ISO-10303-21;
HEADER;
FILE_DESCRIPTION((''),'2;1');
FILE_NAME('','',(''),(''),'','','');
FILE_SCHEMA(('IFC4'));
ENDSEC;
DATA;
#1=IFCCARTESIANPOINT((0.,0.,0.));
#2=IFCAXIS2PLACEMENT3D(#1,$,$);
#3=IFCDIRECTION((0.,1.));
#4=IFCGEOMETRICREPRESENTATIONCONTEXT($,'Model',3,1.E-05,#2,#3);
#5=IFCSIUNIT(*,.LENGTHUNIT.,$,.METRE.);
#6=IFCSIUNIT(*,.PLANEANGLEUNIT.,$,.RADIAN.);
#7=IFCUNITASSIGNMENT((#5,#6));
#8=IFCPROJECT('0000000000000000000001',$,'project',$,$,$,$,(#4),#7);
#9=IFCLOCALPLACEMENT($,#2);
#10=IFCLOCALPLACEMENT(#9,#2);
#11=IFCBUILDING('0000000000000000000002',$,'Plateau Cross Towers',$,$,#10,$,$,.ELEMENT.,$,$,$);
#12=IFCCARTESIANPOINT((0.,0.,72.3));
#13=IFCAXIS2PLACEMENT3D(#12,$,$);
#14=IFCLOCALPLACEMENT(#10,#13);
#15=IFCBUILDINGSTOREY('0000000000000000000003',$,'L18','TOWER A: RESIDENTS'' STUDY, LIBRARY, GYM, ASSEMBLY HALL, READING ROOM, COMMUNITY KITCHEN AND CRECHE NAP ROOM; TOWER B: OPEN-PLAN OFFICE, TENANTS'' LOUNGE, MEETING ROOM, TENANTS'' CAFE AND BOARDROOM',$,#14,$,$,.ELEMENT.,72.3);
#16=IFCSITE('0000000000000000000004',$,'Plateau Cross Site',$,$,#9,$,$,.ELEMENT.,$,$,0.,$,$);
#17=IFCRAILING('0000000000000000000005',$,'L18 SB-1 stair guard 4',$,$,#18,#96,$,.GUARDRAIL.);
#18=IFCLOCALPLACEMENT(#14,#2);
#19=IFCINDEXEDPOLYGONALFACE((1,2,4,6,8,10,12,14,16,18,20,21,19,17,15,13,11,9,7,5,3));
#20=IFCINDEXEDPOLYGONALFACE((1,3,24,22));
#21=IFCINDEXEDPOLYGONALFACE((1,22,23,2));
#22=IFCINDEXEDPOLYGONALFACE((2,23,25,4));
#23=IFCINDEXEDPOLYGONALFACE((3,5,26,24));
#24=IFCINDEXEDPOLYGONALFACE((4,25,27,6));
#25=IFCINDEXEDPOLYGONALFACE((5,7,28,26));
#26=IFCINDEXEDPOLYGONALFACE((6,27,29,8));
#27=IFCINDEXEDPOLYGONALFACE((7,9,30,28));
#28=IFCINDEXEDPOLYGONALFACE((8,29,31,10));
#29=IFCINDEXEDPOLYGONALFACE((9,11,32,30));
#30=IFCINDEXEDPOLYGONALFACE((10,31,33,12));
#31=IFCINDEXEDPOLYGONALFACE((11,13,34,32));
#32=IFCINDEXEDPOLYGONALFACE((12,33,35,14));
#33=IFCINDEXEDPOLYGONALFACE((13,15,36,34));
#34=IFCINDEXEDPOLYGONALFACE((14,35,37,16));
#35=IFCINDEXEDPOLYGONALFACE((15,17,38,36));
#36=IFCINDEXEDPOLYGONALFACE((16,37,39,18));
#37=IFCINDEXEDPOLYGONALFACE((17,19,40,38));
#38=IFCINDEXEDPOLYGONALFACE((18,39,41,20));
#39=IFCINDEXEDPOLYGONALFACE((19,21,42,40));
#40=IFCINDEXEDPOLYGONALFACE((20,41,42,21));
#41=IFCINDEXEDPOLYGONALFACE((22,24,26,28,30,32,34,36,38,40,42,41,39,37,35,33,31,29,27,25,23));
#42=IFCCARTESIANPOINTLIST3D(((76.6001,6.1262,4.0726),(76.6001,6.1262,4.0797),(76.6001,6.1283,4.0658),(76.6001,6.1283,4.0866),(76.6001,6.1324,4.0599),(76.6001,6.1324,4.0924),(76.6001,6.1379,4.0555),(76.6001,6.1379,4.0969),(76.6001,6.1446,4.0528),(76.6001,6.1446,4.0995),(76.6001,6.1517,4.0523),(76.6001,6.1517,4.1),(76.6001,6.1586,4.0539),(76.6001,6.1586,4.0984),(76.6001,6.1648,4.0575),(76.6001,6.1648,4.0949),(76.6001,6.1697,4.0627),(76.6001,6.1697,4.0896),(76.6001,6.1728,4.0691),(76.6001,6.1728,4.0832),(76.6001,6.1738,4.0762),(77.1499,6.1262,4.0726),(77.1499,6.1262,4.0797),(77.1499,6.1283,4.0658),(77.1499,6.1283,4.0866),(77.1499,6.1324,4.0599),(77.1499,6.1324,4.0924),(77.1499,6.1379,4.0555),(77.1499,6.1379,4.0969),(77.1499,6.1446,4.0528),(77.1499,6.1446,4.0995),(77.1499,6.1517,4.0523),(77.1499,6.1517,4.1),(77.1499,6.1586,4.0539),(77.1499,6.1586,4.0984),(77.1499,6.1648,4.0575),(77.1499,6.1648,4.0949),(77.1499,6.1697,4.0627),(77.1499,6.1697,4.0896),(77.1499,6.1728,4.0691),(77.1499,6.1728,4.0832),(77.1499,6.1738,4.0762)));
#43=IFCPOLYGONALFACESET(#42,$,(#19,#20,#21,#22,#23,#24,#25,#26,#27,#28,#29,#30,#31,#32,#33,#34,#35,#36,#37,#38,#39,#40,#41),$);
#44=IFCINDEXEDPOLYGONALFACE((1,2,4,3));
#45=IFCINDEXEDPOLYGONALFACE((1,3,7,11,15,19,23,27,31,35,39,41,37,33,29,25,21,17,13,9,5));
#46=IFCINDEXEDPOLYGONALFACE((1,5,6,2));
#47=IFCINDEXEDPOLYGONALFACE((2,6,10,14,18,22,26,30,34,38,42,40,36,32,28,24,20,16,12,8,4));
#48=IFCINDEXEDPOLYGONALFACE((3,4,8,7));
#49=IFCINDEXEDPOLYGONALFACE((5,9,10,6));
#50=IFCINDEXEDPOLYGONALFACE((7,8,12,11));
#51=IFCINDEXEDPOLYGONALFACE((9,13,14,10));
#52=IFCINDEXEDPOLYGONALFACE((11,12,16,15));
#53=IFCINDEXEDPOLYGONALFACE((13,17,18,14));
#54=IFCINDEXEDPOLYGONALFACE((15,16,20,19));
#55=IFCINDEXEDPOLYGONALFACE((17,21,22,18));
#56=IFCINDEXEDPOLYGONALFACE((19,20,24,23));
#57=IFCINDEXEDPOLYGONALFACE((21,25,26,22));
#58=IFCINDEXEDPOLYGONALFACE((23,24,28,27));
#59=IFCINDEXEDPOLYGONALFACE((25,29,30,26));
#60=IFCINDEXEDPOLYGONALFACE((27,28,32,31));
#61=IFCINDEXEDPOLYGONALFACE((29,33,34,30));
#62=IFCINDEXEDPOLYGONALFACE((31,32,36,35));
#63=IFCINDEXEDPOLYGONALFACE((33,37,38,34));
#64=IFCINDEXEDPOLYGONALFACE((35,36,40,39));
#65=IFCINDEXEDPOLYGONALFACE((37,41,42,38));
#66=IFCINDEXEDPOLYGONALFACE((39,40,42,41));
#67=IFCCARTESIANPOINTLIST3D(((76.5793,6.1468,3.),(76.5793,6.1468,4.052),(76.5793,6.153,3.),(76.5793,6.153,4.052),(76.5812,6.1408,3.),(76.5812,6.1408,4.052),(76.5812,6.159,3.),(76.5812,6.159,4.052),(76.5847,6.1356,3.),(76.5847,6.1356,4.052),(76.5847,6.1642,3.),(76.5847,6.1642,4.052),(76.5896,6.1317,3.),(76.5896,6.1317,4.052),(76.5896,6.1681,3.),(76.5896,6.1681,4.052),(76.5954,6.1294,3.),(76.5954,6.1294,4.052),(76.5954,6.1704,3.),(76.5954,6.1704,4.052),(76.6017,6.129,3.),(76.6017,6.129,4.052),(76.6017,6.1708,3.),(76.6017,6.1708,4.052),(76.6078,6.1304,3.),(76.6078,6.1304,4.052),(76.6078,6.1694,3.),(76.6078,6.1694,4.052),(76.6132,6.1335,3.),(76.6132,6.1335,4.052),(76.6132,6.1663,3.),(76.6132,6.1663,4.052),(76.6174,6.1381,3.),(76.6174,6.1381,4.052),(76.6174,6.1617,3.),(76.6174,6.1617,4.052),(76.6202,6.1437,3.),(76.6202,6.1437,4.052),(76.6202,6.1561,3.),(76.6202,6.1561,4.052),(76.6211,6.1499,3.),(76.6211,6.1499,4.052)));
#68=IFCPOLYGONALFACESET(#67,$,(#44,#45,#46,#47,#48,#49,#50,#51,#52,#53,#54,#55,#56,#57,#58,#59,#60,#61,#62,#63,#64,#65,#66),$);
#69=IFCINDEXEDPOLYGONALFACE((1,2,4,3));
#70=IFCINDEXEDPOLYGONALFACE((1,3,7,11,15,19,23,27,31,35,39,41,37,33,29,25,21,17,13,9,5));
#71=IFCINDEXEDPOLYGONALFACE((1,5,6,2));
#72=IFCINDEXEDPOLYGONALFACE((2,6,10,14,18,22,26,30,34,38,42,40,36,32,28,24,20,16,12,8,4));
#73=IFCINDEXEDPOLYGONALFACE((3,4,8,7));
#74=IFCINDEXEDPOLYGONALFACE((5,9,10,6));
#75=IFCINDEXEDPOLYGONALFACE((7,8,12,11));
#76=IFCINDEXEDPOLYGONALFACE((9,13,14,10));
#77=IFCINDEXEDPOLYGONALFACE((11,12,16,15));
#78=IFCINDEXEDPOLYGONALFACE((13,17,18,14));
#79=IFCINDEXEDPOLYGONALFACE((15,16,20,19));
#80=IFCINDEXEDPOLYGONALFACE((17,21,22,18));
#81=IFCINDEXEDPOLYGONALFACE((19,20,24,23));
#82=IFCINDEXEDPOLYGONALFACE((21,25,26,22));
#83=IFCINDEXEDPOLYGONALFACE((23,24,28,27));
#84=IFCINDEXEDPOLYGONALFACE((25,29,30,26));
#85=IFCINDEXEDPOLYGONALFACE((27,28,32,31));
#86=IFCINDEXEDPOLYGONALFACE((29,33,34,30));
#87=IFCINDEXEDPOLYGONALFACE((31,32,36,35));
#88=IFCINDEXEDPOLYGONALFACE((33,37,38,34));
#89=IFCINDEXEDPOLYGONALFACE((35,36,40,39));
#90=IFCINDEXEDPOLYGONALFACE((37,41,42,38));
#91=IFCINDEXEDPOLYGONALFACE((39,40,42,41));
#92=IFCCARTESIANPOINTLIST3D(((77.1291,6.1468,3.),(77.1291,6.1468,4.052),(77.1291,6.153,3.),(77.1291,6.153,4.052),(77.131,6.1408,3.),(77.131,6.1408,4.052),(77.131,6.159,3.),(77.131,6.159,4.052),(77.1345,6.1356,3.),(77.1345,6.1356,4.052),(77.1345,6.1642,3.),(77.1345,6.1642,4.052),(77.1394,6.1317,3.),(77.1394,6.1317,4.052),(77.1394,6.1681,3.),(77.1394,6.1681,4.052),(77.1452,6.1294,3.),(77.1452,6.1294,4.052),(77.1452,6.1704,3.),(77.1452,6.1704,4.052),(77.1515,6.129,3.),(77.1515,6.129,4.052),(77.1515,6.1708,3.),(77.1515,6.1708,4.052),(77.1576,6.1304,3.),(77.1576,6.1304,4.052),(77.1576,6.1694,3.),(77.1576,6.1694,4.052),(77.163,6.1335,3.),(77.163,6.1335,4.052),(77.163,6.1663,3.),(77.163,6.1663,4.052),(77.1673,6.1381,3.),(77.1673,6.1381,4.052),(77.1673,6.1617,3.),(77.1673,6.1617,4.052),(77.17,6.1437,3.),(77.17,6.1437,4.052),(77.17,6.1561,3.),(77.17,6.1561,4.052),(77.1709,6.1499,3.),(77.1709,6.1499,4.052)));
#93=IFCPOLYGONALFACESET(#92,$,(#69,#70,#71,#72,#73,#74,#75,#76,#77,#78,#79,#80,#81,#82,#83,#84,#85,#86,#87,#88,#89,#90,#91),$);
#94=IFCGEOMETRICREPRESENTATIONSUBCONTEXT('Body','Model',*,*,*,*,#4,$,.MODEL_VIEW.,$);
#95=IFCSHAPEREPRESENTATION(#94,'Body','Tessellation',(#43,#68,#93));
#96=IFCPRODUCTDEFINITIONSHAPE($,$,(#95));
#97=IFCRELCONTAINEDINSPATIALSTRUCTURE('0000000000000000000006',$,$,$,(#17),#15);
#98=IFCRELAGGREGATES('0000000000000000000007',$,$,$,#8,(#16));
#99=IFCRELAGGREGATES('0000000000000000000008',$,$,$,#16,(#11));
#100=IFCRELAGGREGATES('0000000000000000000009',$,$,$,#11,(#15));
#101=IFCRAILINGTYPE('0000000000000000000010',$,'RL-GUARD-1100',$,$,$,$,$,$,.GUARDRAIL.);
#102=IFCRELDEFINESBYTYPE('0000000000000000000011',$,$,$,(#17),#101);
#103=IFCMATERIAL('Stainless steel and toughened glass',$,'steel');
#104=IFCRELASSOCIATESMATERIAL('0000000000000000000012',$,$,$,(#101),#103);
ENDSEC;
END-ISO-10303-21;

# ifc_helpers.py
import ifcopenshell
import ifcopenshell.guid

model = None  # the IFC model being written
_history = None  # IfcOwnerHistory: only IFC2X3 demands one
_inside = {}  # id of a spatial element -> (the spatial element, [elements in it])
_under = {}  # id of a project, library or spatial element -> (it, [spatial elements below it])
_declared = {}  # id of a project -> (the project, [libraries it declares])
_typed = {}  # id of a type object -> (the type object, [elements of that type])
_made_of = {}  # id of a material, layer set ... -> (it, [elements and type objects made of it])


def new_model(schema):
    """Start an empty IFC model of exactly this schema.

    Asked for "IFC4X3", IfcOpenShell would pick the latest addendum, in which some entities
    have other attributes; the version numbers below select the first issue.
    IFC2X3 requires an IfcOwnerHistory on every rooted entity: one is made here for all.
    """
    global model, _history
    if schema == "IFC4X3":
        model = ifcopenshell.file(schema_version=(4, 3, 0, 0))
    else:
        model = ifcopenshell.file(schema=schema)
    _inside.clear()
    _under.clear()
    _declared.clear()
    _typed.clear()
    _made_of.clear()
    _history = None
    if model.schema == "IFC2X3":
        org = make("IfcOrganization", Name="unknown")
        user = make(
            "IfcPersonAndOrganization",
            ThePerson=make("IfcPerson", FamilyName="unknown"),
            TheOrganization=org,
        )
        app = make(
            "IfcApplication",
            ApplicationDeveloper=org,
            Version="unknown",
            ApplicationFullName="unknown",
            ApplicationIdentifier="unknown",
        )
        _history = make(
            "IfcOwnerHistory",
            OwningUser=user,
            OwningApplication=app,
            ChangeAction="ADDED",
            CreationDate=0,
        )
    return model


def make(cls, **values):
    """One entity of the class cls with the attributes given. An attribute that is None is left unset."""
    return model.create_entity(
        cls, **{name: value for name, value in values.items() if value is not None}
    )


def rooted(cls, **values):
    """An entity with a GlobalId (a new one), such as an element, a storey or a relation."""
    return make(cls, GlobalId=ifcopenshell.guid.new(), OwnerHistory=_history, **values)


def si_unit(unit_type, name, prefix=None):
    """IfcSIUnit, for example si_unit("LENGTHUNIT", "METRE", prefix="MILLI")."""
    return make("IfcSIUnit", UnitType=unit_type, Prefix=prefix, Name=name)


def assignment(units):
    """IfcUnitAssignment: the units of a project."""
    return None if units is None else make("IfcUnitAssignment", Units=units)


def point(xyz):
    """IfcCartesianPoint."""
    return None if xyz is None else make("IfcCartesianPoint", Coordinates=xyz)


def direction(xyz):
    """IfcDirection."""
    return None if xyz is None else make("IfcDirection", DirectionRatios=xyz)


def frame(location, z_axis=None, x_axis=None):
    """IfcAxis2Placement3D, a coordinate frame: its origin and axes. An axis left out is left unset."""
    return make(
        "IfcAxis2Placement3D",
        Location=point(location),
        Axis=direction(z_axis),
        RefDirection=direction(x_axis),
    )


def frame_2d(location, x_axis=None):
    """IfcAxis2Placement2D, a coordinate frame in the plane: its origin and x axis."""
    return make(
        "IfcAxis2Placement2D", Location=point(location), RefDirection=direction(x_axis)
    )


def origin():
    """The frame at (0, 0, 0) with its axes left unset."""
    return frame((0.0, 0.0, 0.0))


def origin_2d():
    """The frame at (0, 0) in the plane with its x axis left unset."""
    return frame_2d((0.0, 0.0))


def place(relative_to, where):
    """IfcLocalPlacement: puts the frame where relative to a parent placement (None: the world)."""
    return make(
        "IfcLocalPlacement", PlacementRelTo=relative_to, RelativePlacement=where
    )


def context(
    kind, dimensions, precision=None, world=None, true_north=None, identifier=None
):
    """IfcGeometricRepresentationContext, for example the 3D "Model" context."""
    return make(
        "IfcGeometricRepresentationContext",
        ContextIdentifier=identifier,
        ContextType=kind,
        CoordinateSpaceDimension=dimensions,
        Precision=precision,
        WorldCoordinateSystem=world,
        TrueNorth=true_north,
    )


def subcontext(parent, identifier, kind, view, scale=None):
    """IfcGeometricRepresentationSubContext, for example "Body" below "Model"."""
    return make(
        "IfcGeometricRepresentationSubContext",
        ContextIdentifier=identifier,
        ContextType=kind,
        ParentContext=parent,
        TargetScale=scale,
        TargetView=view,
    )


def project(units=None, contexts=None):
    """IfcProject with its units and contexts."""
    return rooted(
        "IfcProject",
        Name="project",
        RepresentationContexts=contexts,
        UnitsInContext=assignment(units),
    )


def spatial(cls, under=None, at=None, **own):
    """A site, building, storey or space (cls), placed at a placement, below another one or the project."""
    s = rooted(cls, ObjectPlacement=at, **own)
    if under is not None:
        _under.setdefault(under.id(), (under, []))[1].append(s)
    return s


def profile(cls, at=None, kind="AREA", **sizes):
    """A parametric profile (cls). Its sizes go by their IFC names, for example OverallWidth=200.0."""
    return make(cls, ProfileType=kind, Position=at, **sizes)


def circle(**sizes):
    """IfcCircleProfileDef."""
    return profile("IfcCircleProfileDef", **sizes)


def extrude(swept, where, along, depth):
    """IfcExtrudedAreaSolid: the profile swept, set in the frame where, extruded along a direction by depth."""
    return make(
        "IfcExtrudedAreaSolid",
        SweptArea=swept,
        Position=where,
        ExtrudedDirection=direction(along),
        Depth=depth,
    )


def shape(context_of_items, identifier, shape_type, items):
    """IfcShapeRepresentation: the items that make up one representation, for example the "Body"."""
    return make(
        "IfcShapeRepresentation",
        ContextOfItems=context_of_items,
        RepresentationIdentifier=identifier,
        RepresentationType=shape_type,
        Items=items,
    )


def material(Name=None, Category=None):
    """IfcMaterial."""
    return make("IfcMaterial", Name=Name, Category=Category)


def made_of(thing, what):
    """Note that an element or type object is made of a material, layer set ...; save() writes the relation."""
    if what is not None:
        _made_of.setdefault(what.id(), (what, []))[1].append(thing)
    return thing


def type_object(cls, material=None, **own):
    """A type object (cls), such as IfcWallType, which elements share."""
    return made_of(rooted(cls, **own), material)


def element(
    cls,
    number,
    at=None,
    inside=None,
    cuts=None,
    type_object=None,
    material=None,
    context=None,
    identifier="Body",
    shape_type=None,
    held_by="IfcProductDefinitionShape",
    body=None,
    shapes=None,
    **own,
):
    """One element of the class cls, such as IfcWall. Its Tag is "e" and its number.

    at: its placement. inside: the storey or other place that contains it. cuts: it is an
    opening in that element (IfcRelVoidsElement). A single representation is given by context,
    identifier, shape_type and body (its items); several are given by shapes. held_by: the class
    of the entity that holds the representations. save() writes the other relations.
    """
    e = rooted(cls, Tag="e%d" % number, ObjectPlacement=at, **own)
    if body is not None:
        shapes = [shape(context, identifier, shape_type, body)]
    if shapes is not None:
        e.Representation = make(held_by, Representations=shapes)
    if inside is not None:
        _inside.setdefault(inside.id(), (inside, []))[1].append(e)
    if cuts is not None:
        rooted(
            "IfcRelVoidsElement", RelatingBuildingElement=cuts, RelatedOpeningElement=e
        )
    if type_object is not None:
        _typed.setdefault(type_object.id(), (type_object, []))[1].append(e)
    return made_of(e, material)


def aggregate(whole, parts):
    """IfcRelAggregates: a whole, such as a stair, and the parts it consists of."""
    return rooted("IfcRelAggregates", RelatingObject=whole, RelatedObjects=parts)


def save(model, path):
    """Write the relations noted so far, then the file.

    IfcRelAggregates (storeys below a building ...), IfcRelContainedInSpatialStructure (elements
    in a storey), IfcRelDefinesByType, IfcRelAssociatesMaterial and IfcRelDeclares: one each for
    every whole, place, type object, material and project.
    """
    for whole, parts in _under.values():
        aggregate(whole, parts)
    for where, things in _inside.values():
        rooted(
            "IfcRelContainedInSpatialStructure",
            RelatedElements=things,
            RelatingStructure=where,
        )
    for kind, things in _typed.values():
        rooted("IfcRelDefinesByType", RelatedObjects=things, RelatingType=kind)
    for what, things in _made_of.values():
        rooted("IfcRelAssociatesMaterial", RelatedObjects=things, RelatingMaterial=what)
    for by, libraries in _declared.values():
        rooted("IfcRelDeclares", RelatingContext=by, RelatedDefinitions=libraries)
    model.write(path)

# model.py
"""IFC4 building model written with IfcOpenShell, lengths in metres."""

from ifc_helpers import new_model, si_unit, direction, frame, origin, origin_2d, place, context, subcontext, project, spatial, circle, extrude, material, type_object, element, save


model = new_model("IFC4")

# Units and contexts
model_context = context("Model", 3, precision=1e-05, world=origin(), true_north=direction((0.0, 1.0)))
body_context = subcontext(model_context, "Body", "Model", "MODEL_VIEW")
ifc_project = project(units=[si_unit("LENGTHUNIT", "METRE"), si_unit("PLANEANGLEUNIT", "RADIAN")], contexts=[model_context])

# Site, building, storey
site_placement = place(None, origin())
site = spatial("IfcSite", under=ifc_project, at=site_placement, Name="Plateau Cross Site", CompositionType="ELEMENT", RefElevation=0.0)
building_placement = place(site_placement, origin())
building = spatial("IfcBuilding", under=site, at=building_placement, Name="Plateau Cross Towers", CompositionType="ELEMENT")
storey_placement = place(building_placement, frame((0.0, 0.0, 72.3)))
storey = spatial("IfcBuildingStorey", under=building, at=storey_placement, Name="L18", Description="TOWER A: RESIDENTS' STUDY, LIBRARY, GYM, ASSEMBLY HALL, READING ROOM, COMMUNITY KITCHEN AND CRECHE NAP ROOM; TOWER B: OPEN-PLAN OFFICE, TENANTS' LOUNGE, MEETING ROOM, TENANTS' CAFE AND BOARDROOM", CompositionType="ELEMENT", Elevation=72.3)

# Railing
ifc_material_1 = material(Name="Stainless steel and toughened glass", Category="steel")
railing_type = type_object("IfcRailingType", Name="RL-GUARD-1100", PredefinedType="GUARDRAIL", material=ifc_material_1)
railing_1_placement = place(storey_placement, frame((76.6001, 6.1499, 3.0)))
element("IfcRailing", 1, at=railing_1_placement, inside=storey, type_object=railing_type, Name="L18 SB-1 stair guard 4", PredefinedType="GUARDRAIL", context=body_context, shape_type="SweptSolid", body=[
    extrude(circle(Radius=0.0239, at=origin_2d()), frame((0.0, 0.0, 1.0762), z_axis=(1.0, 0.0, 0.0), x_axis=(0.0, 1.0, 0.0)), (0.0, 0.0, 1.0), 0.5498),
    extrude(circle(Radius=0.021, at=origin_2d()), origin(), (0.0, 0.0, 1.0), 1.052),
    extrude(circle(Radius=0.021, at=origin_2d()), frame((0.5498, 0.0, 0.0)), (0.0, 0.0, 1.0), 1.052),
])

save(model, "model.ifc")
